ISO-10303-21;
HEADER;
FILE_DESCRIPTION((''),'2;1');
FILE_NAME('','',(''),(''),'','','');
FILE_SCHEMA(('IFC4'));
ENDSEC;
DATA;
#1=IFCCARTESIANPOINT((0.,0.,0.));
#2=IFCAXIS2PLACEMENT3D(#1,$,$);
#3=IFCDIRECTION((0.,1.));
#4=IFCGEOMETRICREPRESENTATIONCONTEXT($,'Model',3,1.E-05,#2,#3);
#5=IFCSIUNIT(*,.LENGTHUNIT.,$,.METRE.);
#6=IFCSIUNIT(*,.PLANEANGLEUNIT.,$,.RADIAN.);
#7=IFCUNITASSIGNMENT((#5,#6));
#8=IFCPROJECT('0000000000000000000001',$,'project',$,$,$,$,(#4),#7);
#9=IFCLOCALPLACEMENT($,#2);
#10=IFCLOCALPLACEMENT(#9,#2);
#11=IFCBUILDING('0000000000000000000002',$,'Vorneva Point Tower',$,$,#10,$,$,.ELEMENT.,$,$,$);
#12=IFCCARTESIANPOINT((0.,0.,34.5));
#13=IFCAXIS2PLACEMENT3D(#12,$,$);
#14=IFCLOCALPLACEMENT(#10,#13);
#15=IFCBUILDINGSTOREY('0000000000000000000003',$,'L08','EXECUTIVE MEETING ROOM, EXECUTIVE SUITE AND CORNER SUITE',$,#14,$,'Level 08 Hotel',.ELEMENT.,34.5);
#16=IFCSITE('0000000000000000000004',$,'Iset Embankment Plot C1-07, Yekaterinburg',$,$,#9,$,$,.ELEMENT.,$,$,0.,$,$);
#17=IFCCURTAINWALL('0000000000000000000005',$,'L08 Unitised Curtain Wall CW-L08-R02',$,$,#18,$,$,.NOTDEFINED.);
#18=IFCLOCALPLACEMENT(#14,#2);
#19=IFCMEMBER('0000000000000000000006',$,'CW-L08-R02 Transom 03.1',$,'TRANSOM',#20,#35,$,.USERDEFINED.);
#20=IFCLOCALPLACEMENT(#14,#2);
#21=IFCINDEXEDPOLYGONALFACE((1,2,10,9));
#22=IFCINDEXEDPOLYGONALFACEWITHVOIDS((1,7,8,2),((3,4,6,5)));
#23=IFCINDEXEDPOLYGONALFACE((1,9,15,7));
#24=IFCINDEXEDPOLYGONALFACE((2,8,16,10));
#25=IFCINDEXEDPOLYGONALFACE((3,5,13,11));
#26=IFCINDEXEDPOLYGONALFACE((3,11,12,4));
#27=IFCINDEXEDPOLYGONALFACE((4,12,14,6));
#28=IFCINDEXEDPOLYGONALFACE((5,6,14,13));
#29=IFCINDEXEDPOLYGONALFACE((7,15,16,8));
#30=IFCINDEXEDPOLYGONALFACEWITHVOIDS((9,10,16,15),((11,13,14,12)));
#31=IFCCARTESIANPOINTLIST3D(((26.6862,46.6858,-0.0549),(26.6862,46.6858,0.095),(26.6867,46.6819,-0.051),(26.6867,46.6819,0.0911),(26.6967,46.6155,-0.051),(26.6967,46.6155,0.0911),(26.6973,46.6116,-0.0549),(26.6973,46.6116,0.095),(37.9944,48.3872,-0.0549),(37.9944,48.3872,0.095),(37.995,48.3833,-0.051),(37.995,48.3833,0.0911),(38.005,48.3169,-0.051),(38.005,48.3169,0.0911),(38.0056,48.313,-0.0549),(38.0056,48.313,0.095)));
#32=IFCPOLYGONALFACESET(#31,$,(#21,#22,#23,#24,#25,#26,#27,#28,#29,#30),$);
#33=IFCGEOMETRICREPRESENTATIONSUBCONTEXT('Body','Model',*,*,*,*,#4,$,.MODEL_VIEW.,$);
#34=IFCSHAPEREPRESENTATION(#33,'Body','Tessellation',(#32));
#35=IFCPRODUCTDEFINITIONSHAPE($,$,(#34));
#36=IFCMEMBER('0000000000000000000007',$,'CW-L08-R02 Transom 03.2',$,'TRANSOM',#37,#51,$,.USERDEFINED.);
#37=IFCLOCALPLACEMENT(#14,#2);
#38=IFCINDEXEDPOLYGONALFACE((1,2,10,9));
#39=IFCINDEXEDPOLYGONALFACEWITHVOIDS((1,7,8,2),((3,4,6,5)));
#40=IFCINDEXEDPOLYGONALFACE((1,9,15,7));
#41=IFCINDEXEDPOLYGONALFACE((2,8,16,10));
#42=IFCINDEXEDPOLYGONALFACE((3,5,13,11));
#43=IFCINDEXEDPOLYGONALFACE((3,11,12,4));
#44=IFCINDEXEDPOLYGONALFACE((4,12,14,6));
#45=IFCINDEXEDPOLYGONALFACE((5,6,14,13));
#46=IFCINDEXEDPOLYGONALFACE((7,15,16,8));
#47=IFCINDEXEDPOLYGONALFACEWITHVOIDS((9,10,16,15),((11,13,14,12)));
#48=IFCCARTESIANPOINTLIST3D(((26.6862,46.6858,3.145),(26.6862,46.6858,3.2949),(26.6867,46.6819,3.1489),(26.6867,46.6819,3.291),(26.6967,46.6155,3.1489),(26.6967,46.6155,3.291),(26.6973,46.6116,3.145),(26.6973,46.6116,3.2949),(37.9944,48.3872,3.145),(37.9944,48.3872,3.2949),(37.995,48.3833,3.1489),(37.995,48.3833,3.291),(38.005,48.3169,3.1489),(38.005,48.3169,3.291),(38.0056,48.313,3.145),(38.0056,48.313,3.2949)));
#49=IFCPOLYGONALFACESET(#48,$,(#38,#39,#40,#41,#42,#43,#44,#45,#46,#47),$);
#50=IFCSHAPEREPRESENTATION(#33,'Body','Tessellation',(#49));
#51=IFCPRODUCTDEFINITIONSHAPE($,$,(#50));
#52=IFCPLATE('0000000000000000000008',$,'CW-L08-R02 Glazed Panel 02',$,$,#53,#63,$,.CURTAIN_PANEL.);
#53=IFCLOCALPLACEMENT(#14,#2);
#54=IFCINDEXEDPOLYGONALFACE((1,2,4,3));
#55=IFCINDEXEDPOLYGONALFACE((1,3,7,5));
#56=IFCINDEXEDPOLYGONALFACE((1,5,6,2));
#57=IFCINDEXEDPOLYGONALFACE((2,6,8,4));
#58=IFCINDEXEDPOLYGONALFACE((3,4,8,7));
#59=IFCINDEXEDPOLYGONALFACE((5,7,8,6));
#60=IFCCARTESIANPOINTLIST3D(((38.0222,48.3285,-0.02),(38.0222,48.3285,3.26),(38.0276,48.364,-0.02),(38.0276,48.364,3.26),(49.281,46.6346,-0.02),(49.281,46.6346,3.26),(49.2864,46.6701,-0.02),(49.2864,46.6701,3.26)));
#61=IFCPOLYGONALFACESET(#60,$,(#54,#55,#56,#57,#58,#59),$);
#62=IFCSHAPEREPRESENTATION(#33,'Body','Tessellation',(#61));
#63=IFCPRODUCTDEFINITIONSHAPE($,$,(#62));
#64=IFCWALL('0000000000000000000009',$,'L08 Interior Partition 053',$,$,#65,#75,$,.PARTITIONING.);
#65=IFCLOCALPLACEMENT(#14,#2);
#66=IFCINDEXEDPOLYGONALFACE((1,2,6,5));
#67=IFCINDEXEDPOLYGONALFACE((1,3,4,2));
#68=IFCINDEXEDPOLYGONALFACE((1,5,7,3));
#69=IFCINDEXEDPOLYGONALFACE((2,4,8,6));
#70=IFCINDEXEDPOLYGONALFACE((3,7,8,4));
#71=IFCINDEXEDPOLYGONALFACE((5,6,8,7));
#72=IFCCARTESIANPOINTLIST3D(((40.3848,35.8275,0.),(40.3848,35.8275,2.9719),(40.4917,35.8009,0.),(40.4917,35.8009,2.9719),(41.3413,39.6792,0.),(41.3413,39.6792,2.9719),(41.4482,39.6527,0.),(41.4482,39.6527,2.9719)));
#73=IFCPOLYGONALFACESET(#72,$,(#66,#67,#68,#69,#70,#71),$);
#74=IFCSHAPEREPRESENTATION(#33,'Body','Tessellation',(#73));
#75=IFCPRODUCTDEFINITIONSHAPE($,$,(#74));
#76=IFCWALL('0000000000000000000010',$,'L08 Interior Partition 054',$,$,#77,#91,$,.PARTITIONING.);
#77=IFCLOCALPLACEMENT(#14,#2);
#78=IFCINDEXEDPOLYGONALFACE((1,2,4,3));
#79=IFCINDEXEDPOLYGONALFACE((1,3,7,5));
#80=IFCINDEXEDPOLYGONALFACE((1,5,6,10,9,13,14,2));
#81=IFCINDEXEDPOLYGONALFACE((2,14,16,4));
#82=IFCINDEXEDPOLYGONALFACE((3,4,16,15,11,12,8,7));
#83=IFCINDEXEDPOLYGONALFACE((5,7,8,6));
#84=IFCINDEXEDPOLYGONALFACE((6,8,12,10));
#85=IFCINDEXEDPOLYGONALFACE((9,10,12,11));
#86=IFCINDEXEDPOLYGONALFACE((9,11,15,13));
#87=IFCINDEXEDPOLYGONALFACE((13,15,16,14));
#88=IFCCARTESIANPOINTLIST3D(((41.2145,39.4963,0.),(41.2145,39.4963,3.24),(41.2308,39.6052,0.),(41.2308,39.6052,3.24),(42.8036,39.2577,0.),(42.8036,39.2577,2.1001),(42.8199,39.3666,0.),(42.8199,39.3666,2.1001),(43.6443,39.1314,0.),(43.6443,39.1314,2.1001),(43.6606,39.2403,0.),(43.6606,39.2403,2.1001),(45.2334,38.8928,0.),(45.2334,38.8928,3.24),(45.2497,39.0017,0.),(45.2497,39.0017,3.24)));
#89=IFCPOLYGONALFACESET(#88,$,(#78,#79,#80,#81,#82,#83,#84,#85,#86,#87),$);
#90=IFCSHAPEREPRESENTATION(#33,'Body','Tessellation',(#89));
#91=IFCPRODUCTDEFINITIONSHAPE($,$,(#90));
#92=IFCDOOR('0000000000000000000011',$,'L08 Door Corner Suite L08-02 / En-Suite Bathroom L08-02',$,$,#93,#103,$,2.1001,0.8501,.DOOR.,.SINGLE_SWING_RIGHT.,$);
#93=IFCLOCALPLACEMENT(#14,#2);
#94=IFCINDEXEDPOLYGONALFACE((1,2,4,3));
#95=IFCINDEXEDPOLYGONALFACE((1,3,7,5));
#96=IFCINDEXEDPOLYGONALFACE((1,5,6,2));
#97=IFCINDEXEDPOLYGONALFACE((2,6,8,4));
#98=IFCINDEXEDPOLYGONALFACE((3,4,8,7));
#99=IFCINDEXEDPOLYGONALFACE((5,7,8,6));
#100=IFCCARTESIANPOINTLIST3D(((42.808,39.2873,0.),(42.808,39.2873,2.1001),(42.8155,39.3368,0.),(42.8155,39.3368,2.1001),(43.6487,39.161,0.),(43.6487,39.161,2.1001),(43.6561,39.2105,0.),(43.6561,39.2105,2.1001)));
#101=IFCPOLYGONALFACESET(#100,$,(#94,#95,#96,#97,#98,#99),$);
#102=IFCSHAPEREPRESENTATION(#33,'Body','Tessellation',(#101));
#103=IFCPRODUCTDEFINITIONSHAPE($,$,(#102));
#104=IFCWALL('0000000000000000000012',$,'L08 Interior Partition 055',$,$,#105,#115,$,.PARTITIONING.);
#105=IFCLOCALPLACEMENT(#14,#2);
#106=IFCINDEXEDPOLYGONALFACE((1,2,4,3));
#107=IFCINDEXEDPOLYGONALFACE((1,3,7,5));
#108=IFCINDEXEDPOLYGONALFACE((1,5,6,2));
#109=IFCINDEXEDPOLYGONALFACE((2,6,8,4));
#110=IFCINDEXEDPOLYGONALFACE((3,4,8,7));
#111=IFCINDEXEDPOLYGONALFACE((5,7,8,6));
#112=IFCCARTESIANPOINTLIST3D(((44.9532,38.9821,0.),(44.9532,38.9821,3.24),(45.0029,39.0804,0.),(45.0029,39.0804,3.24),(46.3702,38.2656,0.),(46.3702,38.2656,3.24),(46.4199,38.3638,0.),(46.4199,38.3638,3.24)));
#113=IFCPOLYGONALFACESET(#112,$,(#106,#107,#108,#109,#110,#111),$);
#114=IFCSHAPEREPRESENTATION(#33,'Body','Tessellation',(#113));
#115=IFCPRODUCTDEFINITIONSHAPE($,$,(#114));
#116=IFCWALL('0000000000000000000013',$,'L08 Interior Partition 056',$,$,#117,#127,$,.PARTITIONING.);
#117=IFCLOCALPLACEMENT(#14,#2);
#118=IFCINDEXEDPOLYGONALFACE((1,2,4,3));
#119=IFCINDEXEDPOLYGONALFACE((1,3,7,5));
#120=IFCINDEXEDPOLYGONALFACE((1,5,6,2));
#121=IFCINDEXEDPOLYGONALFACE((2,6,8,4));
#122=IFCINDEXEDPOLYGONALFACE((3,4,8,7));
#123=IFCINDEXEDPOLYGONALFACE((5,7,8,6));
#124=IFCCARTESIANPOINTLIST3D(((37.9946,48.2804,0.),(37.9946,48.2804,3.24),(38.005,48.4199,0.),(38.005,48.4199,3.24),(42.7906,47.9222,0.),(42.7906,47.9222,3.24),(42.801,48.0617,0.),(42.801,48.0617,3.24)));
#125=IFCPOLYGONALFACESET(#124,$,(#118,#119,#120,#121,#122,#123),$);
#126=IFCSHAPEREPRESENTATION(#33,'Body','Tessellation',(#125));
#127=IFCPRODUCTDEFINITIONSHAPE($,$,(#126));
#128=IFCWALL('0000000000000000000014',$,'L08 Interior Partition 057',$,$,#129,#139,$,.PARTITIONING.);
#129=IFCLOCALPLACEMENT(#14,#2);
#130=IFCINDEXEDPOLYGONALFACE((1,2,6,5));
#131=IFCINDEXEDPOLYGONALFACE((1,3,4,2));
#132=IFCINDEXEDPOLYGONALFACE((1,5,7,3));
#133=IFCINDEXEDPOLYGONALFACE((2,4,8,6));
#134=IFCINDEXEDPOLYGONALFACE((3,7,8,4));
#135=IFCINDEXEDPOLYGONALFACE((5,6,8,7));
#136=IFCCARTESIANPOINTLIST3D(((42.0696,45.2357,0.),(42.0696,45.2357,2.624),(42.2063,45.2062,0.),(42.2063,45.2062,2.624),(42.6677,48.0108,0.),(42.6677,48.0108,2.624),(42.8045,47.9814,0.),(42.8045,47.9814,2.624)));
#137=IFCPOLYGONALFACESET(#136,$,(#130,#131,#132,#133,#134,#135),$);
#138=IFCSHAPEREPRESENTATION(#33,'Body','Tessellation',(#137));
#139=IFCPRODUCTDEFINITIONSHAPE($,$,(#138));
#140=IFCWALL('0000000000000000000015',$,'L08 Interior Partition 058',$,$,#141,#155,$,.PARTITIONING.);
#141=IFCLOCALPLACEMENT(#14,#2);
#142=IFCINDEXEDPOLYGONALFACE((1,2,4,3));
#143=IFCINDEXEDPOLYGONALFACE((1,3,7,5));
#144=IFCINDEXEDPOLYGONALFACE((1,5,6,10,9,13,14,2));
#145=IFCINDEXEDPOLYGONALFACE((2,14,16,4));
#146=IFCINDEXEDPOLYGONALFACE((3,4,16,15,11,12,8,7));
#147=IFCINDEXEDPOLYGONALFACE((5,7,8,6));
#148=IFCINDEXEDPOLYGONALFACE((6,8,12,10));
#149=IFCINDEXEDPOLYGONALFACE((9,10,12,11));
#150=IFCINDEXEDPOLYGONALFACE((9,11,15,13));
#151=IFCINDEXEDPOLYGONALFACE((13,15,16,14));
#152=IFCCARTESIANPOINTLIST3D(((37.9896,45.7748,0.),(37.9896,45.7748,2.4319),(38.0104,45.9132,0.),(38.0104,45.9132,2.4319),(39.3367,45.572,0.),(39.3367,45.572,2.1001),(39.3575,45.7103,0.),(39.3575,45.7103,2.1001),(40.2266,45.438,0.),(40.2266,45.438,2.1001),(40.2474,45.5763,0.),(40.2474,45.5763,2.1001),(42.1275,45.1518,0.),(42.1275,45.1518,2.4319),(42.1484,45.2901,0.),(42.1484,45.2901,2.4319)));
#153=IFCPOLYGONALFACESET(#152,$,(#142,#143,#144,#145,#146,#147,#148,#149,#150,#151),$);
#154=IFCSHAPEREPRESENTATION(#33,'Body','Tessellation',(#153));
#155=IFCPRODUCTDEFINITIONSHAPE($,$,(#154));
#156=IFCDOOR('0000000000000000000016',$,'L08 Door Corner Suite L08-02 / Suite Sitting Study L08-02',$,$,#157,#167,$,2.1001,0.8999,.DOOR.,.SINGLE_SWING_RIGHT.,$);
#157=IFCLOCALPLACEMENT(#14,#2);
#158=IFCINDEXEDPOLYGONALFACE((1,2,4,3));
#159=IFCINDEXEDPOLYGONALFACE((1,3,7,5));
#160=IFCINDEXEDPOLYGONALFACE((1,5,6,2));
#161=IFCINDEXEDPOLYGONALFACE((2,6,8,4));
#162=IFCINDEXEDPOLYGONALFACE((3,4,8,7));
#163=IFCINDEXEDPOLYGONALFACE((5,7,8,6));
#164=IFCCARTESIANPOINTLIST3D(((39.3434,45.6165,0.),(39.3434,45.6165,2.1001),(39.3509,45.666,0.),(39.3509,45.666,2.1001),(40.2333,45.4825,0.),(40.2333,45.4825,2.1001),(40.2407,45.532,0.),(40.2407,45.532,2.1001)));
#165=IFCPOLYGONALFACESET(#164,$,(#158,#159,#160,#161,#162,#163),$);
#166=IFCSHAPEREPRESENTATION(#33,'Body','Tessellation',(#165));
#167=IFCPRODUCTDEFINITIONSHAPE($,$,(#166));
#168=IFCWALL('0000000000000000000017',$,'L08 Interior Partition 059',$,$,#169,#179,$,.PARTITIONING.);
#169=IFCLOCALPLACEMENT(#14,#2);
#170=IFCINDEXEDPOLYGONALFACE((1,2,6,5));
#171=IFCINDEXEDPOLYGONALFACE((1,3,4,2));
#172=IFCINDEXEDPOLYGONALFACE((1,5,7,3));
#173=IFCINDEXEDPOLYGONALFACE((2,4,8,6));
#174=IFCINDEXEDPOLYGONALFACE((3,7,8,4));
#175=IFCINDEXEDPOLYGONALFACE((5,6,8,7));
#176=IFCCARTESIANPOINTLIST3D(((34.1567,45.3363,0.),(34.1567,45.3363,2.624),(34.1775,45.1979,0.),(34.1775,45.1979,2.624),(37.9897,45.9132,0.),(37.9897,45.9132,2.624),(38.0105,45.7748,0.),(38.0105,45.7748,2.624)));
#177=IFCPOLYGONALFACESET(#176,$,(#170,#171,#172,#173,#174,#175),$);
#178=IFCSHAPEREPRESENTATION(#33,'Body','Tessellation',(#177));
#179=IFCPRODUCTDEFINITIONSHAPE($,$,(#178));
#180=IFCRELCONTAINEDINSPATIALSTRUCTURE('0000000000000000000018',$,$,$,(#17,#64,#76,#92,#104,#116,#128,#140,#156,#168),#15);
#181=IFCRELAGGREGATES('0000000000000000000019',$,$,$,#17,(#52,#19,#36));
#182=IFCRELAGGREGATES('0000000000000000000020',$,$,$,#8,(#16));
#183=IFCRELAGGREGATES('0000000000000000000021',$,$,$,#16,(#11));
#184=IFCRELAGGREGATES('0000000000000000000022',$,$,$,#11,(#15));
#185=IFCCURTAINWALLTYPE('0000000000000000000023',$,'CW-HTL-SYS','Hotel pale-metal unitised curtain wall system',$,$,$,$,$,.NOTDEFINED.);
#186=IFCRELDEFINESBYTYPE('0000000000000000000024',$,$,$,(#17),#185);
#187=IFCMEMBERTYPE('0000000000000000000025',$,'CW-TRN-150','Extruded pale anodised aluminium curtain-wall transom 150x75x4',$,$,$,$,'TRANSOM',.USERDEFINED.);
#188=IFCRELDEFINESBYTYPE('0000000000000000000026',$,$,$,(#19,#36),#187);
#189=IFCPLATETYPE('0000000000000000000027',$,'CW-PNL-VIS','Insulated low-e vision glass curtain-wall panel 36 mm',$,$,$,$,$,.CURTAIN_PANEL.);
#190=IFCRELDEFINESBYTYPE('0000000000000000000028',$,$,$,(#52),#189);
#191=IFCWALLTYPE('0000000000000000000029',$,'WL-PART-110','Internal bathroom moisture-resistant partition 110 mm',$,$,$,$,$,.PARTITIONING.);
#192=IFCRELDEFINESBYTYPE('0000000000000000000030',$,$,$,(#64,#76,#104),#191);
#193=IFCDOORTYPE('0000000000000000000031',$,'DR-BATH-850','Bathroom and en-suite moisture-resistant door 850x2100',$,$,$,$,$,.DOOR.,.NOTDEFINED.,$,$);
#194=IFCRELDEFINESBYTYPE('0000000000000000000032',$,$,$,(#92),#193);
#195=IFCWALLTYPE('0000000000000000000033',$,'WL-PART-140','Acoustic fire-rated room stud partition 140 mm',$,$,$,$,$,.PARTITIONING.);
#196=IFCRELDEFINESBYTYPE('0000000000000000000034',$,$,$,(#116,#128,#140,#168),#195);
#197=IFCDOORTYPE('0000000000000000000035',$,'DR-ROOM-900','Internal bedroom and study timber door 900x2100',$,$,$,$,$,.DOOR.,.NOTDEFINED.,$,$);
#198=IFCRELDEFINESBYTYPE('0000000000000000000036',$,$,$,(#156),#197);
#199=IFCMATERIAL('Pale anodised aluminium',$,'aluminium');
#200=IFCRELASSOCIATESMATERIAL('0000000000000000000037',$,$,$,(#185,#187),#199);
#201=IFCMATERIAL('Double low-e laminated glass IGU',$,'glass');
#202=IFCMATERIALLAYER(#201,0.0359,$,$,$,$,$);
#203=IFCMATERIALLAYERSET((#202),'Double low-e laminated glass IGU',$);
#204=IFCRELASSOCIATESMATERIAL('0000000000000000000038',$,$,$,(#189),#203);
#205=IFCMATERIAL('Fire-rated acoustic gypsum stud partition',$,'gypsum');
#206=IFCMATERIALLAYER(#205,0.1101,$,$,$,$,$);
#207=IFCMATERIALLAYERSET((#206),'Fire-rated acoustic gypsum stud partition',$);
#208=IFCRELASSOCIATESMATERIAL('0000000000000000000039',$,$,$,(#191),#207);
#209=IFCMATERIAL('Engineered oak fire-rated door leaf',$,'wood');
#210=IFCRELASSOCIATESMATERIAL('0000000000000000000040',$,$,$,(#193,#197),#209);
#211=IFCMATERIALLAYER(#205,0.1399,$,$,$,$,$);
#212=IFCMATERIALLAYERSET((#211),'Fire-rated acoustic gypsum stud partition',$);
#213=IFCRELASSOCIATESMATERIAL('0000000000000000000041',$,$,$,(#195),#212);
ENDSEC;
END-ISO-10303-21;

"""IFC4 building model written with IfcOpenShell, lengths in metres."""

from ifc_helpers import new_model, si_unit, direction, frame, frame_2d, origin, origin_2d, place, context, subcontext, project, spatial, rectangle, hollow_rectangle, extrude, material, layer, layer_set, material_profile, profile_set, type_object, element, fill, aggregate, save


model = new_model("IFC4")

# Units and contexts
model_context = context("Model", 3, precision=1e-05, world=origin(), true_north=direction((0.0, 1.0)))
body_context = subcontext(model_context, "Body", "Model", "MODEL_VIEW")
ifc_project = project(units=[si_unit("LENGTHUNIT", "METRE"), si_unit("PLANEANGLEUNIT", "RADIAN")], contexts=[model_context])

# Site, building, storey
site_placement = place(None, origin())
site = spatial("IfcSite", under=ifc_project, at=site_placement, Name="Iset Embankment Plot C1-07, Yekaterinburg", CompositionType="ELEMENT", RefElevation=0.0)
building_placement = place(site_placement, origin())
building = spatial("IfcBuilding", under=site, at=building_placement, Name="Vorneva Point Tower", CompositionType="ELEMENT")
storey_placement = place(building_placement, frame((0.0, 0.0, 34.5)))
storey = spatial("IfcBuildingStorey", under=building, at=storey_placement, Name="L08", Description="EXECUTIVE MEETING ROOM, EXECUTIVE SUITE AND CORNER SUITE", LongName="Level 08 Hotel", CompositionType="ELEMENT", Elevation=34.5)

# Curtain wall, members, plate
ifc_material_1 = material(Name="Pale anodised aluminium", Category="aluminium")
curtain_wall_type = type_object("IfcCurtainWallType", Name="CW-HTL-SYS", Description="Hotel pale-metal unitised curtain wall system", PredefinedType="NOTDEFINED", material=ifc_material_1)
curtain_wall_placement = place(storey_placement, origin())
curtain_wall = element("IfcCurtainWall", 1, at=curtain_wall_placement, inside=storey, type_object=curtain_wall_type, Name="L08 Unitised Curtain Wall CW-L08-R02", PredefinedType="NOTDEFINED")
ifc_material_profile_1 = material_profile(ifc_material_1, hollow_rectangle(XDim=0.075, YDim=0.1499, WallThickness=0.0039, at=origin_2d()), Name="AL-TRN 150x75x4")
ifc_profile_set_1 = profile_set([ifc_material_profile_1], Name="Pale anodised aluminium")
member_type_1 = type_object("IfcMemberType", Name="CW-TRN-150", Description="Extruded pale anodised aluminium curtain-wall transom 150x75x4", ElementType="TRANSOM", PredefinedType="USERDEFINED", material=ifc_profile_set_1)
member_1_placement = place(storey_placement, frame((38.0, 48.3501, 0.02), z_axis=(-0.98887, -0.148782, 0.0), x_axis=(0.148782, -0.98887, 0.0)))
member_1 = element("IfcMember", 2, at=member_1_placement, type_object=member_type_1, Name="CW-L08-R02 Transom 03.1", ObjectType="TRANSOM", PredefinedType="USERDEFINED", context=body_context, shape_type="SweptSolid", body=[
    extrude(hollow_rectangle(XDim=0.075, YDim=0.1499, WallThickness=0.0039, at=origin_2d()), origin(), (0.0, 0.0, 1.0), 11.4355),
])
member_2_placement = place(storey_placement, frame((38.0, 48.3501, 3.22), z_axis=(-0.98887, -0.148782, 0.0), x_axis=(0.148782, -0.98887, 0.0)))
member_2 = element("IfcMember", 3, at=member_2_placement, type_object=member_type_1, Name="CW-L08-R02 Transom 03.2", ObjectType="TRANSOM", PredefinedType="USERDEFINED", context=body_context, shape_type="SweptSolid", body=[
    extrude(hollow_rectangle(XDim=0.075, YDim=0.1499, WallThickness=0.0039, at=origin_2d()), origin(), (0.0, 0.0, 1.0), 11.4355),
])
ifc_material_2 = material(Name="Double low-e laminated glass IGU", Category="glass")
ifc_layer_1 = layer(ifc_material_2, 0.0359)
ifc_layer_set_1 = layer_set([ifc_layer_1], Name="Double low-e laminated glass IGU")
plate_type = type_object("IfcPlateType", Name="CW-PNL-VIS", Description="Insulated low-e vision glass curtain-wall panel 36 mm", PredefinedType="CURTAIN_PANEL", material=ifc_layer_set_1)
plate_placement = place(storey_placement, frame((43.6543, 47.4993, -0.02), z_axis=(0.0, 0.0, 1.0), x_axis=(-0.988871, 0.148776, 0.0)))
plate = element("IfcPlate", 4, at=plate_placement, type_object=plate_type, Name="CW-L08-R02 Glazed Panel 02", PredefinedType="CURTAIN_PANEL", context=body_context, shape_type="SweptSolid", body=[
    extrude(rectangle(XDim=11.3855, YDim=0.0359, at=origin_2d()), origin(), (0.0, 0.0, 1.0), 3.28),
])
aggregate(curtain_wall, [plate, member_1, member_2])

# Wall
ifc_material_3 = material(Name="Fire-rated acoustic gypsum stud partition", Category="gypsum")
ifc_layer_2 = layer(ifc_material_3, 0.1101)
ifc_layer_set_2 = layer_set([ifc_layer_2], Name="Fire-rated acoustic gypsum stud partition")
wall_type_1 = type_object("IfcWallType", Name="WL-PART-110", Description="Internal bathroom moisture-resistant partition 110 mm", PredefinedType="PARTITIONING", material=ifc_layer_set_2)
wall_1_placement = place(storey_placement, frame((40.4382, 35.8142, 0.0), z_axis=(0.0, 0.0, 1.0), x_axis=(0.241016, 0.970521, 0.0)))
element("IfcWall", 5, at=wall_1_placement, inside=storey, type_object=wall_type_1, Name="L08 Interior Partition 053", PredefinedType="PARTITIONING", context=body_context, shape_type="SweptSolid", body=[
    extrude(rectangle(XDim=3.9688, YDim=0.1101, at=frame_2d((1.9844, 0.0))), origin(), (0.0, 0.0, 1.0), 2.9719),
])

# Wall, opening, door
wall_2_placement = place(storey_placement, frame((41.2227, 39.5508, 0.0), z_axis=(0.0, 0.0, 1.0), x_axis=(0.988911, -0.148508, 0.0)))
wall_2 = element("IfcWall", 6, at=wall_2_placement, inside=storey, type_object=wall_type_1, Name="L08 Interior Partition 054", PredefinedType="PARTITIONING", context=body_context, shape_type="SweptSolid", body=[
    extrude(rectangle(XDim=4.064, YDim=0.1101, at=frame_2d((2.032, 0.0))), origin(), (0.0, 0.0, 1.0), 3.24),
])
opening_1_placement = place(wall_2_placement, frame((1.6069, 0.0, 0.0)))
opening_1 = element("IfcOpeningElement", 7, at=opening_1_placement, cuts=wall_2, PredefinedType="OPENING", context=body_context, shape_type="SweptSolid", body=[
    extrude(rectangle(XDim=0.8501, YDim=2.1001, at=frame_2d((0.425, 1.05))), frame((0.0, 0.0698, 0.0), z_axis=(0.0, -1.0, 0.0), x_axis=(1.0, 0.0, 0.0)), (0.0, 0.0, 1.0), 0.1399),
])
ifc_material_4 = material(Name="Engineered oak fire-rated door leaf", Category="wood")
door_type_1 = type_object("IfcDoorType", Name="DR-BATH-850", Description="Bathroom and en-suite moisture-resistant door 850x2100", OperationType="NOTDEFINED", PredefinedType="DOOR", material=ifc_material_4)
door_1_placement = place(opening_1_placement, origin())
door_1 = element("IfcDoor", 8, at=door_1_placement, inside=storey, type_object=door_type_1, Name="L08 Door Corner Suite L08-02 / En-Suite Bathroom L08-02", OperationType="SINGLE_SWING_RIGHT", OverallHeight=2.1001, OverallWidth=0.8501, PredefinedType="DOOR", context=body_context, shape_type="SweptSolid", body=[
    extrude(rectangle(XDim=0.8501, YDim=2.1001, at=frame_2d((0.425, 1.05))), frame((0.0, 0.0249, 0.0), z_axis=(0.0, -1.0, 0.0), x_axis=(1.0, 0.0, 0.0)), (0.0, 0.0, 1.0), 0.05),
])
fill(opening_1, door_1)

# Walls
wall_3_placement = place(storey_placement, frame((44.978, 39.0312, 0.0), z_axis=(0.0, 0.0, 1.0), x_axis=(0.892388, -0.451268, 0.0)))
element("IfcWall", 9, at=wall_3_placement, inside=storey, type_object=wall_type_1, Name="L08 Interior Partition 055", PredefinedType="PARTITIONING", context=body_context, shape_type="SweptSolid", body=[
    extrude(rectangle(XDim=1.5879, YDim=0.1101, at=frame_2d((0.7939, 0.0))), origin(), (0.0, 0.0, 1.0), 3.24),
])
ifc_layer_3 = layer(ifc_material_3, 0.1399)
ifc_layer_set_3 = layer_set([ifc_layer_3], Name="Fire-rated acoustic gypsum stud partition")
wall_type_2 = type_object("IfcWallType", Name="WL-PART-140", Description="Acoustic fire-rated room stud partition 140 mm", PredefinedType="PARTITIONING", material=ifc_layer_set_3)
wall_4_placement = place(storey_placement, frame((42.7959, 47.9919, 0.0), z_axis=(0.0, 0.0, 1.0), x_axis=(-0.997223, 0.074472, 0.0)))
element("IfcWall", 10, at=wall_4_placement, inside=storey, type_object=wall_type_2, Name="L08 Interior Partition 056", PredefinedType="PARTITIONING", context=body_context, shape_type="SweptSolid", body=[
    extrude(rectangle(XDim=4.8093, YDim=0.1399, at=frame_2d((2.4048, 0.0))), origin(), (0.0, 0.0, 1.0), 3.24),
])
wall_5_placement = place(storey_placement, frame((42.7361, 47.9961, 0.0), z_axis=(0.0, 0.0, 1.0), x_axis=(-0.210698, -0.977551, 0.0)))
element("IfcWall", 11, at=wall_5_placement, inside=storey, type_object=wall_type_2, Name="L08 Interior Partition 057", PredefinedType="PARTITIONING", context=body_context, shape_type="SweptSolid", body=[
    extrude(rectangle(XDim=2.8389, YDim=0.1399, at=frame_2d((1.4194, 0.0))), origin(), (0.0, 0.0, 1.0), 2.624),
])

# Wall, opening, door
wall_6_placement = place(storey_placement, frame((42.1379, 45.2209, 0.0), z_axis=(0.0, 0.0, 1.0), x_axis=(-0.988854, 0.148891, 0.0)))
wall_6 = element("IfcWall", 12, at=wall_6_placement, inside=storey, type_object=wall_type_2, Name="L08 Interior Partition 058", PredefinedType="PARTITIONING", context=body_context, shape_type="SweptSolid", body=[
    extrude(rectangle(XDim=4.1846, YDim=0.1399, at=frame_2d((2.0923, 0.0))), origin(), (0.0, 0.0, 1.0), 2.4319),
])
opening_2_placement = place(wall_6_placement, frame((1.9224, 0.0, 0.0)))
opening_2 = element("IfcOpeningElement", 13, at=opening_2_placement, cuts=wall_6, PredefinedType="OPENING", context=body_context, shape_type="SweptSolid", body=[
    extrude(rectangle(XDim=0.8999, YDim=2.1001, at=frame_2d((0.45, 1.05))), frame((0.0, 0.085, 0.0), z_axis=(0.0, -1.0, 0.0), x_axis=(1.0, 0.0, 0.0)), (0.0, 0.0, 1.0), 0.1697),
])
door_type_2 = type_object("IfcDoorType", Name="DR-ROOM-900", Description="Internal bedroom and study timber door 900x2100", OperationType="NOTDEFINED", PredefinedType="DOOR", material=ifc_material_4)
door_2_placement = place(opening_2_placement, origin())
door_2 = element("IfcDoor", 14, at=door_2_placement, inside=storey, type_object=door_type_2, Name="L08 Door Corner Suite L08-02 / Suite Sitting Study L08-02", OperationType="SINGLE_SWING_RIGHT", OverallHeight=2.1001, OverallWidth=0.8999, PredefinedType="DOOR", context=body_context, shape_type="SweptSolid", body=[
    extrude(rectangle(XDim=0.8999, YDim=2.1001, at=frame_2d((0.45, 1.05))), frame((0.0, 0.0249, 0.0), z_axis=(0.0, -1.0, 0.0), x_axis=(1.0, 0.0, 0.0)), (0.0, 0.0, 1.0), 0.05),
])
fill(opening_2, door_2)

# Wall
wall_7_placement = place(storey_placement, frame((38.0, 45.844, 0.0), z_axis=(0.0, 0.0, 1.0), x_axis=(-0.988862, -0.148833, 0.0)))
element("IfcWall", 15, at=wall_7_placement, inside=storey, type_object=wall_type_2, Name="L08 Interior Partition 059", PredefinedType="PARTITIONING", context=body_context, shape_type="SweptSolid", body=[
    extrude(rectangle(XDim=3.8762, YDim=0.1399, at=frame_2d((1.938, 0.0))), origin(), (0.0, 0.0, 1.0), 2.624),
])

save(model, "model.ifc")
